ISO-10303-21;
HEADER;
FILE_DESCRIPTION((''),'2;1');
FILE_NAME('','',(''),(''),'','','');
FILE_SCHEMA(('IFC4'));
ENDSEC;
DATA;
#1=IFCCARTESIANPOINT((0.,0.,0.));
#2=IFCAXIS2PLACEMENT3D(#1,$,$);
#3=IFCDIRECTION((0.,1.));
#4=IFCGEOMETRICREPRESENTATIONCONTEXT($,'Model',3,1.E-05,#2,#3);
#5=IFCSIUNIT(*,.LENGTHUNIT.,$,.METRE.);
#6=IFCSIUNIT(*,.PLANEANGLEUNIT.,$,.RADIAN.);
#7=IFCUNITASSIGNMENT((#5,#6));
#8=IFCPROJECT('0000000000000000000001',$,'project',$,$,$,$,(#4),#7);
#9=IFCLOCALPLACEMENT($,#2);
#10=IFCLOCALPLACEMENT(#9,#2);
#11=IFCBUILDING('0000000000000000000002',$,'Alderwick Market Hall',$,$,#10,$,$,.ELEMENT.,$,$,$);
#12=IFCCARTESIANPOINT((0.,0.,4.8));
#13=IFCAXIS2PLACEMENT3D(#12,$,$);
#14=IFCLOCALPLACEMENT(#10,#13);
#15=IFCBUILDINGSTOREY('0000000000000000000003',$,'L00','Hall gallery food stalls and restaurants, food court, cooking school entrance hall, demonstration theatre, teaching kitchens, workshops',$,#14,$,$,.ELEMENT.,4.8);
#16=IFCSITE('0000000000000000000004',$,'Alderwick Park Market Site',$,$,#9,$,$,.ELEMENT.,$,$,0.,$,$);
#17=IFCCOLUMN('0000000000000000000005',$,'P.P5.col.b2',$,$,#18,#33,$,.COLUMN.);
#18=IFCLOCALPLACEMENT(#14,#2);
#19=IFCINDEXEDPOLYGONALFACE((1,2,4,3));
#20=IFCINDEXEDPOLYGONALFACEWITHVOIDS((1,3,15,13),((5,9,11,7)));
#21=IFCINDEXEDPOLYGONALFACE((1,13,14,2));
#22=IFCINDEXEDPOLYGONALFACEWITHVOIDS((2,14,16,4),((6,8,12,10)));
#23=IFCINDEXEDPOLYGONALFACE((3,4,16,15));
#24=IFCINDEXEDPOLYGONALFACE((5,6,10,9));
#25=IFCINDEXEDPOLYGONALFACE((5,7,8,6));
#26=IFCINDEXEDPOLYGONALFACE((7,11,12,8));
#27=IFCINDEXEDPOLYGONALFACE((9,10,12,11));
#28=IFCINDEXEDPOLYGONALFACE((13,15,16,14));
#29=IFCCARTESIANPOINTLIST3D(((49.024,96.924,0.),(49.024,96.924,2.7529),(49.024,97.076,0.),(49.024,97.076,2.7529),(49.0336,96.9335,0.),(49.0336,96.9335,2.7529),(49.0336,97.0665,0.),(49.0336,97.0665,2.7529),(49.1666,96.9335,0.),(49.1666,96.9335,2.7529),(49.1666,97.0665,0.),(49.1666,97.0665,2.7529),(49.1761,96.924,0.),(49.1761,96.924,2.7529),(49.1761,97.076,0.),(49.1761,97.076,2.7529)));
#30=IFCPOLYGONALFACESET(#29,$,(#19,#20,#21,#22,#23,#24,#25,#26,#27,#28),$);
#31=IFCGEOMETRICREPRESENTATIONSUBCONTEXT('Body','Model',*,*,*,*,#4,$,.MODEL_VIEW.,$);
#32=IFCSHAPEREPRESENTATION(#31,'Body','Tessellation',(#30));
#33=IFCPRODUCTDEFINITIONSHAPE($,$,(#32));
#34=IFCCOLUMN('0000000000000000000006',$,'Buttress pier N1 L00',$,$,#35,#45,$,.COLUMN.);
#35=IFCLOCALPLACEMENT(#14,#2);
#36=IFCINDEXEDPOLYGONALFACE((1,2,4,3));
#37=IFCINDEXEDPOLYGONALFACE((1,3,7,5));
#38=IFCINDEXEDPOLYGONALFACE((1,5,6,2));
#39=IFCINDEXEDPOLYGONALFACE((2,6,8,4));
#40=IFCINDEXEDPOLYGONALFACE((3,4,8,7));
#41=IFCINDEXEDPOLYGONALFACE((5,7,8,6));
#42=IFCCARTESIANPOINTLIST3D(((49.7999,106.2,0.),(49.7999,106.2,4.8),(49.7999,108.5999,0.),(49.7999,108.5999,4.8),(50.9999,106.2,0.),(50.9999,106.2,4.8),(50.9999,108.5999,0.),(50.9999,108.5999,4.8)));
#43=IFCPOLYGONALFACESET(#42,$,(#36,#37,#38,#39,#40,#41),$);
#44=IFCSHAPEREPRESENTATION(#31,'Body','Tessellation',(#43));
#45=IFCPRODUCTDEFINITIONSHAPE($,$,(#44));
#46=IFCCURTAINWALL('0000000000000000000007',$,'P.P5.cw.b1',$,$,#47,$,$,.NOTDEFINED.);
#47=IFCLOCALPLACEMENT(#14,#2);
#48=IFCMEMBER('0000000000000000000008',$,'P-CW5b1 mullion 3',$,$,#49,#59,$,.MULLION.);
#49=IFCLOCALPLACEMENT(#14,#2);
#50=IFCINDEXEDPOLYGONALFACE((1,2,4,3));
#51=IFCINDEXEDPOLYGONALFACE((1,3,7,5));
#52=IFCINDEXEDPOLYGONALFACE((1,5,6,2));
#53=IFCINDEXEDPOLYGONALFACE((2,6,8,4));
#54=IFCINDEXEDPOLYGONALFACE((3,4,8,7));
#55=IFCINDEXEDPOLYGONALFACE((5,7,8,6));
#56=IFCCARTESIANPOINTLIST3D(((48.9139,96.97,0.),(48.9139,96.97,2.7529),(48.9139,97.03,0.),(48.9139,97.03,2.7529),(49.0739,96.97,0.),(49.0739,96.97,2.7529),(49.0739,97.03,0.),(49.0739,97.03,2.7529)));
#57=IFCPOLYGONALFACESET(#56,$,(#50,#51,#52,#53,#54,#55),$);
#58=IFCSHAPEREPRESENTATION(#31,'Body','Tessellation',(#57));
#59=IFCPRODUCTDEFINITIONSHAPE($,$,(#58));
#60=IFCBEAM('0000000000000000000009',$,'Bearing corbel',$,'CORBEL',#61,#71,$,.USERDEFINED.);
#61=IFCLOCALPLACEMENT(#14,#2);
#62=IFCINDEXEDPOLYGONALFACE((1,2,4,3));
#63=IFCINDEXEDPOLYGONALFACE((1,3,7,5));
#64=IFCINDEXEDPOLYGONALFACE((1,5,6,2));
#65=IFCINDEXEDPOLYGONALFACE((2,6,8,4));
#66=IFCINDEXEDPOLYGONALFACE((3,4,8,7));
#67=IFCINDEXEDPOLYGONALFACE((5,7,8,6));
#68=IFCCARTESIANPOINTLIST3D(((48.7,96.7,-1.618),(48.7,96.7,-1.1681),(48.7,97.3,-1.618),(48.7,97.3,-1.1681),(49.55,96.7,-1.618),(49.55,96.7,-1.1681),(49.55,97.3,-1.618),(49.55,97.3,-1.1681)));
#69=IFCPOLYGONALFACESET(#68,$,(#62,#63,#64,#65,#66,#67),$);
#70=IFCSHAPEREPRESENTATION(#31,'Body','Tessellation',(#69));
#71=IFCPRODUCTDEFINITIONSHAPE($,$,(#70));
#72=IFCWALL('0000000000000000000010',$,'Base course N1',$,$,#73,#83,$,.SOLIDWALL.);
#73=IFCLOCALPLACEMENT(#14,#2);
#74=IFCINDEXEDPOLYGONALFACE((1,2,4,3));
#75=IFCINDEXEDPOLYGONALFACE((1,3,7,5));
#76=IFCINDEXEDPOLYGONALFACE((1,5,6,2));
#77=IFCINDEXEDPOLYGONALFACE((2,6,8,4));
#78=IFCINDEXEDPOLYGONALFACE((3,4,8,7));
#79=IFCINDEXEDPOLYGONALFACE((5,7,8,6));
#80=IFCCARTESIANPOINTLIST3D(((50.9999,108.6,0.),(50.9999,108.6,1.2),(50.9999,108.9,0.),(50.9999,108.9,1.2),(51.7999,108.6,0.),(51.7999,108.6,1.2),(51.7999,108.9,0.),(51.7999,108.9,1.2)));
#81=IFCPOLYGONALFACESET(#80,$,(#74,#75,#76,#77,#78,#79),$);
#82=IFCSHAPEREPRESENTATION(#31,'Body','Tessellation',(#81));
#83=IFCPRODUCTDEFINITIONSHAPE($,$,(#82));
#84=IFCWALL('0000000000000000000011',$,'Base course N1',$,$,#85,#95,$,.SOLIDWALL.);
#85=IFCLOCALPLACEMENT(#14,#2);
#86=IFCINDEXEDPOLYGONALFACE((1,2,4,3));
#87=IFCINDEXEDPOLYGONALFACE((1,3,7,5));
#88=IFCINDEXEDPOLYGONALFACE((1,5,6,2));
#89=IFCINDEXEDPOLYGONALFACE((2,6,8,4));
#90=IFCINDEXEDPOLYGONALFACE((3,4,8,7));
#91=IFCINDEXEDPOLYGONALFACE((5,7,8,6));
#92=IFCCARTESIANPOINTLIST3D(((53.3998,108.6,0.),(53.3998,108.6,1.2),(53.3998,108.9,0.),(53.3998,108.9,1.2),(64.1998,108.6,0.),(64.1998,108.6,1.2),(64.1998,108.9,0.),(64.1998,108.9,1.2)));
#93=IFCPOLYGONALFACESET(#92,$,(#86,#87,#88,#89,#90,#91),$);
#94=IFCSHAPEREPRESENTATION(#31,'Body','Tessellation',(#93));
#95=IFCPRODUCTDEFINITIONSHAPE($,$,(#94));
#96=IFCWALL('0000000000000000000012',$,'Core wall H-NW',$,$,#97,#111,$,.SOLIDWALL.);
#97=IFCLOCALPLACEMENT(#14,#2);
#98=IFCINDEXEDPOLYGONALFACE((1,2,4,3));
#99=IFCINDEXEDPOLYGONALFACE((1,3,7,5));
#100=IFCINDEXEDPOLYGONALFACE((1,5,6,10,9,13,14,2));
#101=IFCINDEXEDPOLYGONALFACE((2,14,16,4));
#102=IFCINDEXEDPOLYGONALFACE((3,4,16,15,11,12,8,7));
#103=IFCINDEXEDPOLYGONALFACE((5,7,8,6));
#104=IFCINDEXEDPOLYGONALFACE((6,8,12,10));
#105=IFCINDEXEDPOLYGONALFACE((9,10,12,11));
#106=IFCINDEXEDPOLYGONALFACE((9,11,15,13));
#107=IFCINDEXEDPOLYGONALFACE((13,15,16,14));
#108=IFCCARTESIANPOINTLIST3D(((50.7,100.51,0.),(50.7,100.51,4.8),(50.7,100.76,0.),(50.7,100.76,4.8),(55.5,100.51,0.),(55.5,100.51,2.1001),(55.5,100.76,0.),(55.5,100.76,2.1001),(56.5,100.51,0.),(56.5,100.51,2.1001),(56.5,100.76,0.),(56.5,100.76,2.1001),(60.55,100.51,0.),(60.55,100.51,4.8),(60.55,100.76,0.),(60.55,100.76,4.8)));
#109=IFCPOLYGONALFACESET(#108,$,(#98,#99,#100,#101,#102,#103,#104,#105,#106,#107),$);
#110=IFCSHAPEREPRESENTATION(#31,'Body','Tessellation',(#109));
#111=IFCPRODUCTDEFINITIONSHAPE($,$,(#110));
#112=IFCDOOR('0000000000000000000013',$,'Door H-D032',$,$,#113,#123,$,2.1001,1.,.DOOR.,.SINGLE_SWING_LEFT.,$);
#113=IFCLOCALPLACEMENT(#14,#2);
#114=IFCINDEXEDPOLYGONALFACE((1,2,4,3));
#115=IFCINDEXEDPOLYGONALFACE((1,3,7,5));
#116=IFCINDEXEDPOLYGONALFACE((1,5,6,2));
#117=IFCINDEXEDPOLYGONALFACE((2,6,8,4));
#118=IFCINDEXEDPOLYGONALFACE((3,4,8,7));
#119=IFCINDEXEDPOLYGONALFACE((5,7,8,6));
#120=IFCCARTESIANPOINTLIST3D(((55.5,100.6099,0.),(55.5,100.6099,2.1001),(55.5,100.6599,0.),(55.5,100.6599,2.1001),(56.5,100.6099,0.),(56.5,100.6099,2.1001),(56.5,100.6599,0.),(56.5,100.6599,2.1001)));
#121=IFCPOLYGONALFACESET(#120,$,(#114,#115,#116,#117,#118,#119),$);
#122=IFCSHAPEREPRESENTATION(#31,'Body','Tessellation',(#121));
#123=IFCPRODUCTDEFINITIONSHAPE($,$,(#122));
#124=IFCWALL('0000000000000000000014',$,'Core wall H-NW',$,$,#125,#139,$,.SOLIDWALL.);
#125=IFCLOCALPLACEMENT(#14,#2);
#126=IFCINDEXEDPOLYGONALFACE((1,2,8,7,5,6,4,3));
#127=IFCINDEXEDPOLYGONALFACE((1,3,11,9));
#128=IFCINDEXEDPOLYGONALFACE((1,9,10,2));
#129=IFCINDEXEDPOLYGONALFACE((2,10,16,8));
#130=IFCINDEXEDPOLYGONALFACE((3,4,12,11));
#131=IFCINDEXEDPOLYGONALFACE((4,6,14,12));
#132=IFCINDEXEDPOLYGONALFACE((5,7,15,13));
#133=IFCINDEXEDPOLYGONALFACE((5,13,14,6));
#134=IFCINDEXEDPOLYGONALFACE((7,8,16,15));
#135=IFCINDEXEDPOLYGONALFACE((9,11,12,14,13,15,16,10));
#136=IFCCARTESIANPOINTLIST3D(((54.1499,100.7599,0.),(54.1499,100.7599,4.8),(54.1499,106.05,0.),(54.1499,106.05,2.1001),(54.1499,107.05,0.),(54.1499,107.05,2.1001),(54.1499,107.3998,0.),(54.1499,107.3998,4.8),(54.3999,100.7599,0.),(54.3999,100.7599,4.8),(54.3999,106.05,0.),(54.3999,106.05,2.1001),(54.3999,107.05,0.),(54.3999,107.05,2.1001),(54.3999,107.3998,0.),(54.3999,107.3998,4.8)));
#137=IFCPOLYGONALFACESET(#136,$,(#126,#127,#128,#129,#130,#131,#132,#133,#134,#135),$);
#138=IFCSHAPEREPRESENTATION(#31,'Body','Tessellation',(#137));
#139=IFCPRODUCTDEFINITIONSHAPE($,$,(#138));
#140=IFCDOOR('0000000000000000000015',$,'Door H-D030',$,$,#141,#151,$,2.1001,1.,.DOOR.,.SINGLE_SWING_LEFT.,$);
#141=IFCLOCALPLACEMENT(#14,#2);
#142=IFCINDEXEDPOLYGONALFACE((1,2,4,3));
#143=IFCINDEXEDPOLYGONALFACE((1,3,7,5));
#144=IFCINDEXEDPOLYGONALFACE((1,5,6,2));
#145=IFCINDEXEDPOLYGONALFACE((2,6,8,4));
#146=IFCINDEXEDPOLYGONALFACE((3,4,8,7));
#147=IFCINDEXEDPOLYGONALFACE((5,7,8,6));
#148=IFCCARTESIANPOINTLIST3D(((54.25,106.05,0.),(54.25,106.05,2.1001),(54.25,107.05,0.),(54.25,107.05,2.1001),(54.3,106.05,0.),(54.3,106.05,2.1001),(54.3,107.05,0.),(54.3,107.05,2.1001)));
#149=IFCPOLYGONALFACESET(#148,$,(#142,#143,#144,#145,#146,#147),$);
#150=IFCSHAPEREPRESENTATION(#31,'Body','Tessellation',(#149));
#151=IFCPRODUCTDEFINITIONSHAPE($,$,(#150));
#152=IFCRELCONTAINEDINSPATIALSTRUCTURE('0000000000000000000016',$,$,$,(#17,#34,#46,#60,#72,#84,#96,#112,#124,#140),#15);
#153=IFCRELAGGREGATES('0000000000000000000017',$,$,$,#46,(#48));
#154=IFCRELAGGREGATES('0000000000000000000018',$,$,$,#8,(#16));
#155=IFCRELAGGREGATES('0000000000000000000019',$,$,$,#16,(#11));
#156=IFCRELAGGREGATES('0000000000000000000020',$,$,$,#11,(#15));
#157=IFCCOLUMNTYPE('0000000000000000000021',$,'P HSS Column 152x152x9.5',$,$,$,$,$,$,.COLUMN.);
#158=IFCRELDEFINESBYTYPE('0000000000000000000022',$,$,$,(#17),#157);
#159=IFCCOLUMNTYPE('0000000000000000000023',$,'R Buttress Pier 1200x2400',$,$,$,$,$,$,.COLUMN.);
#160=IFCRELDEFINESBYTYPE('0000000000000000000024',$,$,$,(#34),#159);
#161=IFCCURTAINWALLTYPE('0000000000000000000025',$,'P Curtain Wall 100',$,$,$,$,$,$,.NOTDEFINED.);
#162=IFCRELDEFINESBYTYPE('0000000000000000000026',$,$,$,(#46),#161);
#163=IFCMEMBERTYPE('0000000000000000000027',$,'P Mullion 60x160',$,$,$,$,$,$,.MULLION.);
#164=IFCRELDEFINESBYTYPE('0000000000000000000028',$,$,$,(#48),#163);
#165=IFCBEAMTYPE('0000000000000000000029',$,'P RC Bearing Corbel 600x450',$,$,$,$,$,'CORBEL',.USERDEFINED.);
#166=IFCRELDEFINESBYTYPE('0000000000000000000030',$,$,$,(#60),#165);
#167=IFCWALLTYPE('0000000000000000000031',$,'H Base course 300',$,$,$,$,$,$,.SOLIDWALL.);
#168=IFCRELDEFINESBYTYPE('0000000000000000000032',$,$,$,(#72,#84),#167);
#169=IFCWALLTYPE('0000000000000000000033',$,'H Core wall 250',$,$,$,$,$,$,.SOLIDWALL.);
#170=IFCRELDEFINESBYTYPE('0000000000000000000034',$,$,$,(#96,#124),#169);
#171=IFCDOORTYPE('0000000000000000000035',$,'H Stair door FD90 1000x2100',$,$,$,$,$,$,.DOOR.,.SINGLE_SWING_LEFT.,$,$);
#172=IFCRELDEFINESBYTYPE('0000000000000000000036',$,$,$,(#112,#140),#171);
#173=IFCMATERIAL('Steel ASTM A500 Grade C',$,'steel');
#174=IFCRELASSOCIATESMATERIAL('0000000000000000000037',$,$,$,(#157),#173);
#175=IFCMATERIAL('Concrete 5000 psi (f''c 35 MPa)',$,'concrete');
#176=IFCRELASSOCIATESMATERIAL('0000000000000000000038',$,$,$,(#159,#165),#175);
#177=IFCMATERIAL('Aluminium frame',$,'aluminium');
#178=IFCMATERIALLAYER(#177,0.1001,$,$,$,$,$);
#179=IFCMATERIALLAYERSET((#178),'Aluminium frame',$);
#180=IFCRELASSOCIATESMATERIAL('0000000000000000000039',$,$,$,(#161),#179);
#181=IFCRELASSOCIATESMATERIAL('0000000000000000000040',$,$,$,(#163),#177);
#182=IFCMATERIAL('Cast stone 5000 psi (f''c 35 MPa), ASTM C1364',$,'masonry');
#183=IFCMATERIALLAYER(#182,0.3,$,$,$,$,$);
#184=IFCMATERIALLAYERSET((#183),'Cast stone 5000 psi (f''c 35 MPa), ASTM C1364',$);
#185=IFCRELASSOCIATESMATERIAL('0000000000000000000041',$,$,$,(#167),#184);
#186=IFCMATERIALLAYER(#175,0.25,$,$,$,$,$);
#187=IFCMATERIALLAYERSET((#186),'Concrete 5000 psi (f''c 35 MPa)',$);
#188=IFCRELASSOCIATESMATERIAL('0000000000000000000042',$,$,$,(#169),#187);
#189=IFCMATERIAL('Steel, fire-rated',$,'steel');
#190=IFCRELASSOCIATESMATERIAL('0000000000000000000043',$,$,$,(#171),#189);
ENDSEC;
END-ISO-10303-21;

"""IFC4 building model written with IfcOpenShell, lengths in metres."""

from ifc_helpers import new_model, si_unit, direction, frame, frame_2d, origin, origin_2d, place, context, subcontext, project, spatial, rectangle, hollow_rectangle, extrude, material, layer, layer_set, material_profile, profile_set, type_object, element, fill, aggregate, save


model = new_model("IFC4")

# Units and contexts
model_context = context("Model", 3, precision=1e-05, world=origin(), true_north=direction((0.0, 1.0)))
body_context = subcontext(model_context, "Body", "Model", "MODEL_VIEW")
ifc_project = project(units=[si_unit("LENGTHUNIT", "METRE"), si_unit("PLANEANGLEUNIT", "RADIAN")], contexts=[model_context])

# Site, building, storey
site_placement = place(None, origin())
site = spatial("IfcSite", under=ifc_project, at=site_placement, Name="Alderwick Park Market Site", CompositionType="ELEMENT", RefElevation=0.0)
building_placement = place(site_placement, origin())
building = spatial("IfcBuilding", under=site, at=building_placement, Name="Alderwick Market Hall", CompositionType="ELEMENT")
storey_placement = place(building_placement, frame((0.0, 0.0, 4.8)))
storey = spatial("IfcBuildingStorey", under=building, at=storey_placement, Name="L00", Description="Hall gallery food stalls and restaurants, food court, cooking school entrance hall, demonstration theatre, teaching kitchens, workshops", CompositionType="ELEMENT", Elevation=4.8)

# Columns
ifc_material_1 = material(Name="Steel ASTM A500 Grade C", Category="steel")
ifc_material_profile_1 = material_profile(ifc_material_1, hollow_rectangle(XDim=0.1521, YDim=0.1521, WallThickness=0.0095, at=origin_2d()), Name="HSS152x152x9.5")
ifc_profile_set_1 = profile_set([ifc_material_profile_1], Name="Steel ASTM A500 Grade C")
column_type_1 = type_object("IfcColumnType", Name="P HSS Column 152x152x9.5", PredefinedType="COLUMN", material=ifc_profile_set_1)
column_1_placement = place(storey_placement, frame((49.1001, 97.0, 0.0), z_axis=(0.0, 0.0, 1.0), x_axis=(1.0, 0.0, 0.0)))
element("IfcColumn", 1, at=column_1_placement, inside=storey, type_object=column_type_1, Name="P.P5.col.b2", PredefinedType="COLUMN", context=body_context, shape_type="SweptSolid", body=[
    extrude(hollow_rectangle(XDim=0.1521, YDim=0.1521, WallThickness=0.0095, at=origin_2d()), origin(), (0.0, 0.0, 1.0), 2.7529),
])
ifc_material_2 = material(Name="Concrete 5000 psi (f'c 35 MPa)", Category="concrete")
ifc_material_profile_2 = material_profile(ifc_material_2, rectangle(XDim=1.2, YDim=2.3999, at=origin_2d()), Name="RC 1200x2400")
ifc_profile_set_2 = profile_set([ifc_material_profile_2], Name="Concrete 5000 psi (f'c 35 MPa)")
column_type_2 = type_object("IfcColumnType", Name="R Buttress Pier 1200x2400", PredefinedType="COLUMN", material=ifc_profile_set_2)
column_2_placement = place(storey_placement, frame((50.3999, 107.3999, 0.0), z_axis=(0.0, 0.0, 1.0), x_axis=(1.0, 0.0, 0.0)))
element("IfcColumn", 2, at=column_2_placement, inside=storey, type_object=column_type_2, Name="Buttress pier N1 L00", PredefinedType="COLUMN", context=body_context, shape_type="SweptSolid", body=[
    extrude(rectangle(XDim=1.2, YDim=2.3999, at=origin_2d()), origin(), (0.0, 0.0, 1.0), 4.8),
])

# Curtain wall, member
ifc_material_3 = material(Name="Aluminium frame", Category="aluminium")
ifc_layer_1 = layer(ifc_material_3, 0.1001)
ifc_layer_set_1 = layer_set([ifc_layer_1], Name="Aluminium frame")
curtain_wall_type = type_object("IfcCurtainWallType", Name="P Curtain Wall 100", PredefinedType="NOTDEFINED", material=ifc_layer_set_1)
curtain_wall_placement = place(storey_placement, origin())
curtain_wall = element("IfcCurtainWall", 3, at=curtain_wall_placement, inside=storey, type_object=curtain_wall_type, Name="P.P5.cw.b1", PredefinedType="NOTDEFINED")
ifc_material_profile_3 = material_profile(ifc_material_3, rectangle(XDim=0.0601, YDim=0.1599, at=origin_2d()), Name="P Mullion 60x160")
ifc_profile_set_3 = profile_set([ifc_material_profile_3], Name="Aluminium frame")
member_type = type_object("IfcMemberType", Name="P Mullion 60x160", PredefinedType="MULLION", material=ifc_profile_set_3)
member_placement = place(storey_placement, frame((48.9939, 97.0, 0.0), z_axis=(0.0, 0.0, 1.0), x_axis=(0.0, 1.0, 0.0)))
member = element("IfcMember", 4, at=member_placement, type_object=member_type, Name="P-CW5b1 mullion 3", PredefinedType="MULLION", context=body_context, shape_type="SweptSolid", body=[
    extrude(rectangle(XDim=0.0601, YDim=0.1599, at=origin_2d()), origin(), (0.0, 0.0, 1.0), 2.7529),
])
aggregate(curtain_wall, [member])

# Beam
ifc_material_profile_4 = material_profile(ifc_material_2, rectangle(XDim=0.6001, YDim=0.45, at=origin_2d()), Name="P RC Bearing Corbel 600x450")
ifc_profile_set_4 = profile_set([ifc_material_profile_4], Name="Concrete 5000 psi (f'c 35 MPa)")
beam_type = type_object("IfcBeamType", Name="P RC Bearing Corbel 600x450", ElementType="CORBEL", PredefinedType="USERDEFINED", material=ifc_profile_set_4)
beam_placement = place(storey_placement, frame((48.7, 97.0, -1.3931), z_axis=(1.0, 0.0, 0.0), x_axis=(0.0, 1.0, 0.0)))
element("IfcBeam", 5, at=beam_placement, inside=storey, type_object=beam_type, Name="Bearing corbel", ObjectType="CORBEL", PredefinedType="USERDEFINED", context=body_context, shape_type="SweptSolid", body=[
    extrude(rectangle(XDim=0.6001, YDim=0.45, at=origin_2d()), origin(), (0.0, 0.0, 1.0), 0.8501),
])

# Walls
ifc_material_4 = material(Name="Cast stone 5000 psi (f'c 35 MPa), ASTM C1364", Category="masonry")
ifc_layer_2 = layer(ifc_material_4, 0.3)
ifc_layer_set_2 = layer_set([ifc_layer_2], Name="Cast stone 5000 psi (f'c 35 MPa), ASTM C1364")
wall_type_1 = type_object("IfcWallType", Name="H Base course 300", PredefinedType="SOLIDWALL", material=ifc_layer_set_2)
wall_1_placement = place(storey_placement, frame((51.0, 108.75, 0.0), z_axis=(0.0, 0.0, 1.0), x_axis=(1.0, 0.0, 0.0)))
element("IfcWall", 6, at=wall_1_placement, inside=storey, type_object=wall_type_1, Name="Base course N1", PredefinedType="SOLIDWALL", context=body_context, shape_type="SweptSolid", body=[
    extrude(rectangle(XDim=0.8, YDim=0.3, at=frame_2d((0.3999, 0.0))), origin(), (0.0, 0.0, 1.0), 1.2),
])
wall_2_placement = place(storey_placement, frame((53.3999, 108.75, 0.0), z_axis=(0.0, 0.0, 1.0), x_axis=(1.0, 0.0, 0.0)))
element("IfcWall", 7, at=wall_2_placement, inside=storey, type_object=wall_type_1, Name="Base course N1", PredefinedType="SOLIDWALL", context=body_context, shape_type="SweptSolid", body=[
    extrude(rectangle(XDim=10.8, YDim=0.3, at=frame_2d((5.3999, 0.0))), origin(), (0.0, 0.0, 1.0), 1.2),
])

# Walls, openings, doors
ifc_layer_3 = layer(ifc_material_2, 0.25)
ifc_layer_set_3 = layer_set([ifc_layer_3], Name="Concrete 5000 psi (f'c 35 MPa)")
wall_type_2 = type_object("IfcWallType", Name="H Core wall 250", PredefinedType="SOLIDWALL", material=ifc_layer_set_3)
wall_3_placement = place(storey_placement, frame((50.7, 100.635, 0.0), z_axis=(0.0, 0.0, 1.0), x_axis=(1.0, 0.0, 0.0)))
wall_3 = element("IfcWall", 8, at=wall_3_placement, inside=storey, type_object=wall_type_2, Name="Core wall H-NW", PredefinedType="SOLIDWALL", context=body_context, shape_type="SweptSolid", body=[
    extrude(rectangle(XDim=9.8501, YDim=0.25, at=frame_2d((4.925, 0.0))), origin(), (0.0, 0.0, 1.0), 4.8),
])
opening_1_placement = place(wall_3_placement, frame((4.8, 0.0, 0.0)))
opening_1 = element("IfcOpeningElement", 9, at=opening_1_placement, cuts=wall_3, PredefinedType="OPENING", context=body_context, shape_type="SweptSolid", body=[
    extrude(rectangle(XDim=1.0, YDim=2.1001, at=frame_2d((0.5, 1.05))), frame((0.0, 0.135, 0.0), z_axis=(0.0, -1.0, 0.0), x_axis=(1.0, 0.0, 0.0)), (0.0, 0.0, 1.0), 0.27),
])
ifc_material_5 = material(Name="Steel, fire-rated", Category="steel")
door_type = type_object("IfcDoorType", Name="H Stair door FD90 1000x2100", OperationType="SINGLE_SWING_LEFT", PredefinedType="DOOR", material=ifc_material_5)
door_1_placement = place(opening_1_placement, origin())
door_1 = element("IfcDoor", 10, at=door_1_placement, inside=storey, type_object=door_type, Name="Door H-D032", OperationType="SINGLE_SWING_LEFT", OverallHeight=2.1001, OverallWidth=1.0, PredefinedType="DOOR", context=body_context, shape_type="SweptSolid", body=[
    extrude(rectangle(XDim=1.0, YDim=2.1001, at=frame_2d((0.5, 1.05))), frame((0.0, 0.0249, 0.0), z_axis=(0.0, -1.0, 0.0), x_axis=(1.0, 0.0, 0.0)), (0.0, 0.0, 1.0), 0.05),
])
fill(opening_1, door_1)
wall_4_placement = place(storey_placement, frame((54.2749, 100.76, 0.0), z_axis=(0.0, 0.0, 1.0), x_axis=(0.0, 1.0, 0.0)))
wall_4 = element("IfcWall", 11, at=wall_4_placement, inside=storey, type_object=wall_type_2, Name="Core wall H-NW", PredefinedType="SOLIDWALL", context=body_context, shape_type="SweptSolid", body=[
    extrude(rectangle(XDim=6.6399, YDim=0.25, at=frame_2d((3.3198, 0.0))), origin(), (0.0, 0.0, 1.0), 4.8),
])
opening_2_placement = place(wall_4_placement, frame((5.29, 0.0, 0.0)))
opening_2 = element("IfcOpeningElement", 12, at=opening_2_placement, cuts=wall_4, PredefinedType="OPENING", context=body_context, shape_type="SweptSolid", body=[
    extrude(rectangle(XDim=1.0, YDim=2.1001, at=frame_2d((0.5, 1.05))), frame((0.0, 0.135, 0.0), z_axis=(0.0, -1.0, 0.0), x_axis=(1.0, 0.0, 0.0)), (0.0, 0.0, 1.0), 0.27),
])
door_2_placement = place(opening_2_placement, origin())
door_2 = element("IfcDoor", 13, at=door_2_placement, inside=storey, type_object=door_type, Name="Door H-D030", OperationType="SINGLE_SWING_LEFT", OverallHeight=2.1001, OverallWidth=1.0, PredefinedType="DOOR", context=body_context, shape_type="SweptSolid", body=[
    extrude(rectangle(XDim=1.0, YDim=2.1001, at=frame_2d((0.5, 1.05))), frame((0.0, 0.0249, 0.0), z_axis=(0.0, -1.0, 0.0), x_axis=(1.0, 0.0, 0.0)), (0.0, 0.0, 1.0), 0.05),
])
fill(opening_2, door_2)

save(model, "model.ifc")
